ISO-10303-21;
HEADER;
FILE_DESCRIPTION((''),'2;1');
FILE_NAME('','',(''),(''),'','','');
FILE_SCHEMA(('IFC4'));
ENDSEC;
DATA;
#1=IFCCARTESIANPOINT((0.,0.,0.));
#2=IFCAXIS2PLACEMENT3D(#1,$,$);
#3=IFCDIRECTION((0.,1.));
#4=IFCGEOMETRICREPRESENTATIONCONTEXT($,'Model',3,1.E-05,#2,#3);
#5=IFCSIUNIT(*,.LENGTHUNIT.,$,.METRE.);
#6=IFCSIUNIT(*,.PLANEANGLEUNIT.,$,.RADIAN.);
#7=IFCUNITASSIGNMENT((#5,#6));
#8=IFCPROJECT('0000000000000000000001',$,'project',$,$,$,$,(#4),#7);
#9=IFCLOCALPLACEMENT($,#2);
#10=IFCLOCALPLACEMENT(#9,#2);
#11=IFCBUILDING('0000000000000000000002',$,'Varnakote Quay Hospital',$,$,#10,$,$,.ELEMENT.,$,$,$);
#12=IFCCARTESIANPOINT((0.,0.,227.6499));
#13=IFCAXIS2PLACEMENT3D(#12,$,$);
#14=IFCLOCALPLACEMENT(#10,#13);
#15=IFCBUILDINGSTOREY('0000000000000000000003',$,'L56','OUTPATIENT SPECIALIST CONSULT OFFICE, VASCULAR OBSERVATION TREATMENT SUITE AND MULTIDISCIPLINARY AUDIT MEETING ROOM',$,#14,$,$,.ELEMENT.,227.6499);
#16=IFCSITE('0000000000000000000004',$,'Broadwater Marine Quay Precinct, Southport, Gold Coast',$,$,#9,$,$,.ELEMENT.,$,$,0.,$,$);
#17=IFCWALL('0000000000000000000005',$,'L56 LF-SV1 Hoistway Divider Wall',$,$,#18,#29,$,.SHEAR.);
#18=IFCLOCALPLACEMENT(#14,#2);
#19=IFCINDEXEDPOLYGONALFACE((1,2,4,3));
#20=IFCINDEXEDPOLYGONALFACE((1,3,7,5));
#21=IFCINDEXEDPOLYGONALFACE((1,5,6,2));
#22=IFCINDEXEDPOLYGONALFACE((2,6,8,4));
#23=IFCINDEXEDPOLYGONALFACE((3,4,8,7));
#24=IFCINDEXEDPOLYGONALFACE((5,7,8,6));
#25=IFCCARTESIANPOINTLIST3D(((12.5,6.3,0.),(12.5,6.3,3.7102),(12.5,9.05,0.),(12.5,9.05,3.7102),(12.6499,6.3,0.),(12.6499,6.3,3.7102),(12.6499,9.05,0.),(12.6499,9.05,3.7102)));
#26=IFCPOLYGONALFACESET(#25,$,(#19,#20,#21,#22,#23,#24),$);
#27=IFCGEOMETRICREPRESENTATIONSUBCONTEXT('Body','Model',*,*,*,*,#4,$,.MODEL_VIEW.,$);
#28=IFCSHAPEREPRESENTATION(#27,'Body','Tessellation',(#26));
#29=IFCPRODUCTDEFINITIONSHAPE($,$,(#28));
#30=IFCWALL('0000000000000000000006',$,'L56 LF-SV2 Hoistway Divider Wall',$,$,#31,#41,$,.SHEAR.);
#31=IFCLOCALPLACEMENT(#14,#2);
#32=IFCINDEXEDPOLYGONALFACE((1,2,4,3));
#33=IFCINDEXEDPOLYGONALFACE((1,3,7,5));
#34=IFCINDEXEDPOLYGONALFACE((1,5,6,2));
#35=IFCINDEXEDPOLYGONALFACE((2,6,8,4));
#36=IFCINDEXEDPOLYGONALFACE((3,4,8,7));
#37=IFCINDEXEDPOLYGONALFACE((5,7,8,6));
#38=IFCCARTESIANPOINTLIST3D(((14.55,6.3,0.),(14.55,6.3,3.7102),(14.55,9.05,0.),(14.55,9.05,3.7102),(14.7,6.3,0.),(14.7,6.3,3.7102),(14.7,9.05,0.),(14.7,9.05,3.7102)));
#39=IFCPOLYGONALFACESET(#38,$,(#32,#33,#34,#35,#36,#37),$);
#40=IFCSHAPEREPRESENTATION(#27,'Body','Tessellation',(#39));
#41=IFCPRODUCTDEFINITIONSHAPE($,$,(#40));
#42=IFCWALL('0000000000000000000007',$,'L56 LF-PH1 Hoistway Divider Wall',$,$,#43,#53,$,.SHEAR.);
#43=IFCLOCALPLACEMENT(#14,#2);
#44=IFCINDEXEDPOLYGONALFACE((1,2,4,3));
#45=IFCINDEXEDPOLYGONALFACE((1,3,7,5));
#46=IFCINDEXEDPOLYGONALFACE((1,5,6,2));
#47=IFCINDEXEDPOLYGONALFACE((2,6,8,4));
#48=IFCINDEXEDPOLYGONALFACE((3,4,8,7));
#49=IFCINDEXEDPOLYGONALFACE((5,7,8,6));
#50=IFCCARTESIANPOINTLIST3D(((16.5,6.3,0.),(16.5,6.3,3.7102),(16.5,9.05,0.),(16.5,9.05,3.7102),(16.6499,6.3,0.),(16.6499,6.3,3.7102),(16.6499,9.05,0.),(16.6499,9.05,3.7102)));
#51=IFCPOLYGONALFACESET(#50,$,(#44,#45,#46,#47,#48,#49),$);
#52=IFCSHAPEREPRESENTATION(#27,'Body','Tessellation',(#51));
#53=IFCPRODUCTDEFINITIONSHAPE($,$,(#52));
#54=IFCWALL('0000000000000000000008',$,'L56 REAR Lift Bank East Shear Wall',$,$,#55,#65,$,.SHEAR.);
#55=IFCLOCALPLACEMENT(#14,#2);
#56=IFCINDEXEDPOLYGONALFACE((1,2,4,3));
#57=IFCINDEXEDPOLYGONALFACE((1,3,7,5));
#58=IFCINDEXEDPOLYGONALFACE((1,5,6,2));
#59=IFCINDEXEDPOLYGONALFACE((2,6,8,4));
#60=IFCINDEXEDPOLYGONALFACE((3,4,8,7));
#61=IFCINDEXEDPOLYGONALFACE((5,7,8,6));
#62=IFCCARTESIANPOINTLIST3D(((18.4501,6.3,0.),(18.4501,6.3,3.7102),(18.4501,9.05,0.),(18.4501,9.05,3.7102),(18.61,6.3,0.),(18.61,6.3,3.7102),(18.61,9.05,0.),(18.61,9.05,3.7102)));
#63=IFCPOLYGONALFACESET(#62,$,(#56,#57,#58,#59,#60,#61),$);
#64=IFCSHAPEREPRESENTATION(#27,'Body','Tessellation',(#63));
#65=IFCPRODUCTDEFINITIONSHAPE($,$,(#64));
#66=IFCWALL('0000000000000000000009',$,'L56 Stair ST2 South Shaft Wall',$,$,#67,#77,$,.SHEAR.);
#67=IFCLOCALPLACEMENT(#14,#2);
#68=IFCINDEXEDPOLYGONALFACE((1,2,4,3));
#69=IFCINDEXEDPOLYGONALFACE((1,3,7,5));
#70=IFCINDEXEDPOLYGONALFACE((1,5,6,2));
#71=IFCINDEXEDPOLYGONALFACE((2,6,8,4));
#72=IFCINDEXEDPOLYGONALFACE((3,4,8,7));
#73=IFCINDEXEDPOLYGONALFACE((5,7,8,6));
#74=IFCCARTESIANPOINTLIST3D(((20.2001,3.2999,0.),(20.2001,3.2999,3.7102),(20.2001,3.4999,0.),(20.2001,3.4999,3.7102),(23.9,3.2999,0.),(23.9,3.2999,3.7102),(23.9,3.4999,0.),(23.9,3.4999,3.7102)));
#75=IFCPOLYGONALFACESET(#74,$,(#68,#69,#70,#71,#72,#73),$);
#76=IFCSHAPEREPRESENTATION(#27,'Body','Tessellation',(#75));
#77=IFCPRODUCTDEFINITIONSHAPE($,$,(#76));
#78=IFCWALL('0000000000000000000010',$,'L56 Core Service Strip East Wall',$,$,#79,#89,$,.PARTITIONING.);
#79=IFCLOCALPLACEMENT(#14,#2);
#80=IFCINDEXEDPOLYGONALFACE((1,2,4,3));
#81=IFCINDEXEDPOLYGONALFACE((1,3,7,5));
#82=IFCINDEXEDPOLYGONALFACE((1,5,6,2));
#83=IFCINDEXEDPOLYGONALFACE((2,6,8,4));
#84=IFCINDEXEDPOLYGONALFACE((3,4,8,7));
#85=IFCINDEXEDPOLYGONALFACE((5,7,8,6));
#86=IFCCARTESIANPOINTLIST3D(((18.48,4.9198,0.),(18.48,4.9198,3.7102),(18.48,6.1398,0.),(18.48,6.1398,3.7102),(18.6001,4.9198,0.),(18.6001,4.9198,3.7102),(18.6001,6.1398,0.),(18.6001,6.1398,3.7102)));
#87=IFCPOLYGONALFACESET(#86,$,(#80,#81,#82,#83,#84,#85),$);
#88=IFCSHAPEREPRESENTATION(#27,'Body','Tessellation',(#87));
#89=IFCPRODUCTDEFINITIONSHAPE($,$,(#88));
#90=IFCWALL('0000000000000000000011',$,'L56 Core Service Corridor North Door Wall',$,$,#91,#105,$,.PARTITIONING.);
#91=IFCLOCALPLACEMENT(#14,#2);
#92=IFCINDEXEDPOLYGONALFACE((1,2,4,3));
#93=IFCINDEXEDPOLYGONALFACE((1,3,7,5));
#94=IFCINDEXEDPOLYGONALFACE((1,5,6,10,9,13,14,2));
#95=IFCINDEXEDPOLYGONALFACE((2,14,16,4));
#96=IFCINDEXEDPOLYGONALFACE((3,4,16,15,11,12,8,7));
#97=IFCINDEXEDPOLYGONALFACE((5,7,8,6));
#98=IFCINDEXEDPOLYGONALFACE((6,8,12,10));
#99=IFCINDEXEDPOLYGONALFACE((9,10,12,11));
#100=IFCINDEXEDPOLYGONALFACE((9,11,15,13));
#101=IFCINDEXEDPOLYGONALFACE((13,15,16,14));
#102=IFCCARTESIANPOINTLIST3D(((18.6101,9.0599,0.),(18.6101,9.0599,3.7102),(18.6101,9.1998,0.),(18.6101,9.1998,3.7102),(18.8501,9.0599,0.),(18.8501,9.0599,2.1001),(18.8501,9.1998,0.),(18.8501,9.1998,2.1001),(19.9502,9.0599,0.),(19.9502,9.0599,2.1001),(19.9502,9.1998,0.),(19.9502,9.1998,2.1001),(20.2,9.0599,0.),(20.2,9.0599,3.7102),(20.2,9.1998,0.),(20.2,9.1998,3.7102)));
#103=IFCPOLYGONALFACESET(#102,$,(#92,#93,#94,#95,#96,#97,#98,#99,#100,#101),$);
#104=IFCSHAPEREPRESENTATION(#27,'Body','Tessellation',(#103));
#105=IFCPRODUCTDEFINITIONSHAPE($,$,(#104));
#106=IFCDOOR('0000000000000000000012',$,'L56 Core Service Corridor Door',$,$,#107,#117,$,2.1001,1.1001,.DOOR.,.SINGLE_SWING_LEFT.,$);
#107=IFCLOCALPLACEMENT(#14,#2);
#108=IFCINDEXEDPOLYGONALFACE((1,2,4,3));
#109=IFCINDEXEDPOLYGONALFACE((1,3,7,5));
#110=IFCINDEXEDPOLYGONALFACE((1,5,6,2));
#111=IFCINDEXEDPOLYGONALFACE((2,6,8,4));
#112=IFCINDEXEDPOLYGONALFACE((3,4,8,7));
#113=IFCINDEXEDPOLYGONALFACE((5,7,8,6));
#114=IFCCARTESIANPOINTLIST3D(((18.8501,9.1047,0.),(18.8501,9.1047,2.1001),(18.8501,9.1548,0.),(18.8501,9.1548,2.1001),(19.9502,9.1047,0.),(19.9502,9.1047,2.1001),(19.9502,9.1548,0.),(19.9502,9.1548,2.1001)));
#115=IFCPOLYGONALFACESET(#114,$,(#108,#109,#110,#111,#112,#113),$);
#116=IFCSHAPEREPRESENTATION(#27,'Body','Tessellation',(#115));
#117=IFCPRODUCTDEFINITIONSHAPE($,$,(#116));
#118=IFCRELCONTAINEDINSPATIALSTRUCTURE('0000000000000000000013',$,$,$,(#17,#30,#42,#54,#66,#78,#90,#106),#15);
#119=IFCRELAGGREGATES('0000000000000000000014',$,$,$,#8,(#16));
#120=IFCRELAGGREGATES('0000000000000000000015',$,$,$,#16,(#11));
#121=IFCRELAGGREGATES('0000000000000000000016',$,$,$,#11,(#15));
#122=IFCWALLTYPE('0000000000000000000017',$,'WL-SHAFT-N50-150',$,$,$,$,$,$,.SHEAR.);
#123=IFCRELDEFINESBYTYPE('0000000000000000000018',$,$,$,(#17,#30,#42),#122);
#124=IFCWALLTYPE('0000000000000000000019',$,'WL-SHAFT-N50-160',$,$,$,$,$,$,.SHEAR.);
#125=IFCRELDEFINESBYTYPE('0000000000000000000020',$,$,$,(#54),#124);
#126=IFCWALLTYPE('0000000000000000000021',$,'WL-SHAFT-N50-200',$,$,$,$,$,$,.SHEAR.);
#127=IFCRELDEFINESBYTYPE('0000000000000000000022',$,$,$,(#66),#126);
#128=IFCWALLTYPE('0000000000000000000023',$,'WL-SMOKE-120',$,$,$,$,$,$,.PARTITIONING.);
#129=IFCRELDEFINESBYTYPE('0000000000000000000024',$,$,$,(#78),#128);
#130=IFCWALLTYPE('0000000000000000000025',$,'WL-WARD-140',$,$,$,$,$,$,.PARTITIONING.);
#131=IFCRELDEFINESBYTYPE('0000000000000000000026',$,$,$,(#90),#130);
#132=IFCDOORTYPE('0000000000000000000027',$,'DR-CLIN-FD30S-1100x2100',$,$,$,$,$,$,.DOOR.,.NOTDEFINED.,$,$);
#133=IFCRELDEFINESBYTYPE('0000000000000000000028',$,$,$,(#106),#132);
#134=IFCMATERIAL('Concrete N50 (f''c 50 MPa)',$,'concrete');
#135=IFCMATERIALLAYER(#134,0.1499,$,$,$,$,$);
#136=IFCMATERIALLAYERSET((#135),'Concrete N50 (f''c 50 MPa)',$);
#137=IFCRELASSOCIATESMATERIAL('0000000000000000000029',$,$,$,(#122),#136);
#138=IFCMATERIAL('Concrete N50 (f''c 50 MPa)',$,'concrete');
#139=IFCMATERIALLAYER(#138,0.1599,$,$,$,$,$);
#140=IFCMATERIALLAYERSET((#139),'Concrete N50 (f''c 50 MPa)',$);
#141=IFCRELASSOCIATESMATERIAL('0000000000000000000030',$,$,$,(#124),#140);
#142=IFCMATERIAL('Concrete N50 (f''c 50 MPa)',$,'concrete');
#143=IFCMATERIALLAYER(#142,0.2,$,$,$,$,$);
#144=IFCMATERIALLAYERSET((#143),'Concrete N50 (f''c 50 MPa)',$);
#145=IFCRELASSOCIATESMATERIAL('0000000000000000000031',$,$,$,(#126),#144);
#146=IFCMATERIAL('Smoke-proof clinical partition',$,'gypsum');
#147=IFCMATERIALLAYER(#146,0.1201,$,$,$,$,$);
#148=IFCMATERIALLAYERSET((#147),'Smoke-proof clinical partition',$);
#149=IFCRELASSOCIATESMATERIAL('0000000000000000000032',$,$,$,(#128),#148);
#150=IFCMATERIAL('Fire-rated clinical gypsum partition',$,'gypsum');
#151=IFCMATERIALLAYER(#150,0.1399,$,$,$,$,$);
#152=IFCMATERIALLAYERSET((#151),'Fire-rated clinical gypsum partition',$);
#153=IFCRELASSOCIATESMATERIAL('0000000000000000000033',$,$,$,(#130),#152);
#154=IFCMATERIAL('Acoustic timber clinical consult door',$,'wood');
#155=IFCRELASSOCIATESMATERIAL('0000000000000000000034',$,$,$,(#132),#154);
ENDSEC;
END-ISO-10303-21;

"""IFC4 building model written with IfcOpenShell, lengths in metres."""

from ifc_helpers import new_model, si_unit, direction, frame, frame_2d, origin, place, context, subcontext, project, spatial, rectangle, extrude, material, layer, layer_set, type_object, element, fill, save


model = new_model("IFC4")

# Units and contexts
model_context = context("Model", 3, precision=1e-05, world=origin(), true_north=direction((0.0, 1.0)))
body_context = subcontext(model_context, "Body", "Model", "MODEL_VIEW")
ifc_project = project(units=[si_unit("LENGTHUNIT", "METRE"), si_unit("PLANEANGLEUNIT", "RADIAN")], contexts=[model_context])

# Site, building, storey
site_placement = place(None, origin())
site = spatial("IfcSite", under=ifc_project, at=site_placement, Name="Broadwater Marine Quay Precinct, Southport, Gold Coast", CompositionType="ELEMENT", RefElevation=0.0)
building_placement = place(site_placement, origin())
building = spatial("IfcBuilding", under=site, at=building_placement, Name="Varnakote Quay Hospital", CompositionType="ELEMENT")
storey_placement = place(building_placement, frame((0.0, 0.0, 227.6499)))
storey = spatial("IfcBuildingStorey", under=building, at=storey_placement, Name="L56", Description="OUTPATIENT SPECIALIST CONSULT OFFICE, VASCULAR OBSERVATION TREATMENT SUITE AND MULTIDISCIPLINARY AUDIT MEETING ROOM", CompositionType="ELEMENT", Elevation=227.6499)

# Walls
ifc_material_1 = material(Name="Concrete N50 (f'c 50 MPa)", Category="concrete")
ifc_layer_1 = layer(ifc_material_1, 0.1499)
ifc_layer_set_1 = layer_set([ifc_layer_1], Name="Concrete N50 (f'c 50 MPa)")
wall_type_1 = type_object("IfcWallType", Name="WL-SHAFT-N50-150", PredefinedType="SHEAR", material=ifc_layer_set_1)
for number, where, z_axis, x_axis, name in (
    (1, (12.575, 6.3, 0.0), (0.0, 0.0, 1.0), (0.0, 1.0, 0.0), "L56 LF-SV1 Hoistway Divider Wall"),
    (2, (14.625, 6.3, 0.0), (0.0, 0.0, 1.0), (0.0, 1.0, 0.0), "L56 LF-SV2 Hoistway Divider Wall"),
    (3, (16.575, 6.3, 0.0), (0.0, 0.0, 1.0), (0.0, 1.0, 0.0), "L56 LF-PH1 Hoistway Divider Wall"),
):
    element("IfcWall", number, at=place(storey_placement, frame(where, z_axis=z_axis, x_axis=x_axis)), inside=storey, type_object=wall_type_1, Name=name, PredefinedType="SHEAR", context=body_context, shape_type="SweptSolid", body=[
        extrude(rectangle(XDim=2.75, YDim=0.1499, at=frame_2d((1.375, 0.0))), origin(), (0.0, 0.0, 1.0), 3.7102),
    ])
ifc_material_2 = material(Name="Concrete N50 (f'c 50 MPa)", Category="concrete")
ifc_layer_2 = layer(ifc_material_2, 0.1599)
ifc_layer_set_2 = layer_set([ifc_layer_2], Name="Concrete N50 (f'c 50 MPa)")
wall_type_2 = type_object("IfcWallType", Name="WL-SHAFT-N50-160", PredefinedType="SHEAR", material=ifc_layer_set_2)
wall_1_placement = place(storey_placement, frame((18.53, 6.3, 0.0), z_axis=(0.0, 0.0, 1.0), x_axis=(0.0, 1.0, 0.0)))
element("IfcWall", 4, at=wall_1_placement, inside=storey, type_object=wall_type_2, Name="L56 REAR Lift Bank East Shear Wall", PredefinedType="SHEAR", context=body_context, shape_type="SweptSolid", body=[
    extrude(rectangle(XDim=2.75, YDim=0.1599, at=frame_2d((1.375, 0.0))), origin(), (0.0, 0.0, 1.0), 3.7102),
])

# Wall
ifc_material_3 = material(Name="Concrete N50 (f'c 50 MPa)", Category="concrete")
ifc_layer_3 = layer(ifc_material_3, 0.2)
ifc_layer_set_3 = layer_set([ifc_layer_3], Name="Concrete N50 (f'c 50 MPa)")
wall_type_3 = type_object("IfcWallType", Name="WL-SHAFT-N50-200", PredefinedType="SHEAR", material=ifc_layer_set_3)
wall_2_placement = place(storey_placement, frame((20.2, 3.3999, 0.0), z_axis=(0.0, 0.0, 1.0), x_axis=(1.0, 0.0, 0.0)))
element("IfcWall", 5, at=wall_2_placement, inside=storey, type_object=wall_type_3, Name="L56 Stair ST2 South Shaft Wall", PredefinedType="SHEAR", context=body_context, shape_type="SweptSolid", body=[
    extrude(rectangle(XDim=3.7, YDim=0.2, at=frame_2d((1.8501, 0.0))), origin(), (0.0, 0.0, 1.0), 3.7102),
])

# Wall
ifc_material_4 = material(Name="Smoke-proof clinical partition", Category="gypsum")
ifc_layer_4 = layer(ifc_material_4, 0.1201)
ifc_layer_set_4 = layer_set([ifc_layer_4], Name="Smoke-proof clinical partition")
wall_type_4 = type_object("IfcWallType", Name="WL-SMOKE-120", PredefinedType="PARTITIONING", material=ifc_layer_set_4)
wall_3_placement = place(storey_placement, frame((18.54, 4.9199, 0.0), z_axis=(0.0, 0.0, 1.0), x_axis=(0.0, 1.0, 0.0)))
element("IfcWall", 6, at=wall_3_placement, inside=storey, type_object=wall_type_4, Name="L56 Core Service Strip East Wall", PredefinedType="PARTITIONING", context=body_context, shape_type="SweptSolid", body=[
    extrude(rectangle(XDim=1.22, YDim=0.1201, at=frame_2d((0.6099, 0.0))), origin(), (0.0, 0.0, 1.0), 3.7102),
])

# Wall, opening, door
ifc_material_5 = material(Name="Fire-rated clinical gypsum partition", Category="gypsum")
ifc_layer_5 = layer(ifc_material_5, 0.1399)
ifc_layer_set_5 = layer_set([ifc_layer_5], Name="Fire-rated clinical gypsum partition")
wall_type_5 = type_object("IfcWallType", Name="WL-WARD-140", PredefinedType="PARTITIONING", material=ifc_layer_set_5)
wall_4_placement = place(storey_placement, frame((18.6101, 9.1299, 0.0), z_axis=(0.0, 0.0, 1.0), x_axis=(1.0, 0.0, 0.0)))
wall_4 = element("IfcWall", 7, at=wall_4_placement, inside=storey, type_object=wall_type_5, Name="L56 Core Service Corridor North Door Wall", PredefinedType="PARTITIONING", context=body_context, shape_type="SweptSolid", body=[
    extrude(rectangle(XDim=1.5898, YDim=0.1399, at=frame_2d((0.7949, 0.0))), origin(), (0.0, 0.0, 1.0), 3.7102),
])
opening_1_placement = place(wall_4_placement, frame((0.24, 0.0, 0.0)))
opening_1 = element("IfcOpeningElement", 8, at=opening_1_placement, cuts=wall_4, PredefinedType="OPENING", context=body_context, shape_type="SweptSolid", body=[
    extrude(rectangle(XDim=1.1001, YDim=2.1001, at=frame_2d((0.55, 1.05))), frame((0.0, 0.0798, 0.0), z_axis=(0.0, -1.0, 0.0), x_axis=(1.0, 0.0, 0.0)), (0.0, 0.0, 1.0), 0.1599),
])
ifc_material_6 = material(Name="Acoustic timber clinical consult door", Category="wood")
door_type_1 = type_object("IfcDoorType", Name="DR-CLIN-FD30S-1100x2100", OperationType="NOTDEFINED", PredefinedType="DOOR", material=ifc_material_6)
door_1_placement = place(opening_1_placement, origin())
door_1 = element("IfcDoor", 9, at=door_1_placement, inside=storey, type_object=door_type_1, Name="L56 Core Service Corridor Door", OperationType="SINGLE_SWING_LEFT", OverallHeight=2.1001, OverallWidth=1.1001, PredefinedType="DOOR", context=body_context, shape_type="SweptSolid", body=[
    extrude(rectangle(XDim=1.1001, YDim=2.1001, at=frame_2d((0.55, 1.05))), frame((0.0, 0.0249, 0.0), z_axis=(0.0, -1.0, 0.0), x_axis=(1.0, 0.0, 0.0)), (0.0, 0.0, 1.0), 0.05),
])
fill(opening_1, door_1)

save(model, "model.ifc")
